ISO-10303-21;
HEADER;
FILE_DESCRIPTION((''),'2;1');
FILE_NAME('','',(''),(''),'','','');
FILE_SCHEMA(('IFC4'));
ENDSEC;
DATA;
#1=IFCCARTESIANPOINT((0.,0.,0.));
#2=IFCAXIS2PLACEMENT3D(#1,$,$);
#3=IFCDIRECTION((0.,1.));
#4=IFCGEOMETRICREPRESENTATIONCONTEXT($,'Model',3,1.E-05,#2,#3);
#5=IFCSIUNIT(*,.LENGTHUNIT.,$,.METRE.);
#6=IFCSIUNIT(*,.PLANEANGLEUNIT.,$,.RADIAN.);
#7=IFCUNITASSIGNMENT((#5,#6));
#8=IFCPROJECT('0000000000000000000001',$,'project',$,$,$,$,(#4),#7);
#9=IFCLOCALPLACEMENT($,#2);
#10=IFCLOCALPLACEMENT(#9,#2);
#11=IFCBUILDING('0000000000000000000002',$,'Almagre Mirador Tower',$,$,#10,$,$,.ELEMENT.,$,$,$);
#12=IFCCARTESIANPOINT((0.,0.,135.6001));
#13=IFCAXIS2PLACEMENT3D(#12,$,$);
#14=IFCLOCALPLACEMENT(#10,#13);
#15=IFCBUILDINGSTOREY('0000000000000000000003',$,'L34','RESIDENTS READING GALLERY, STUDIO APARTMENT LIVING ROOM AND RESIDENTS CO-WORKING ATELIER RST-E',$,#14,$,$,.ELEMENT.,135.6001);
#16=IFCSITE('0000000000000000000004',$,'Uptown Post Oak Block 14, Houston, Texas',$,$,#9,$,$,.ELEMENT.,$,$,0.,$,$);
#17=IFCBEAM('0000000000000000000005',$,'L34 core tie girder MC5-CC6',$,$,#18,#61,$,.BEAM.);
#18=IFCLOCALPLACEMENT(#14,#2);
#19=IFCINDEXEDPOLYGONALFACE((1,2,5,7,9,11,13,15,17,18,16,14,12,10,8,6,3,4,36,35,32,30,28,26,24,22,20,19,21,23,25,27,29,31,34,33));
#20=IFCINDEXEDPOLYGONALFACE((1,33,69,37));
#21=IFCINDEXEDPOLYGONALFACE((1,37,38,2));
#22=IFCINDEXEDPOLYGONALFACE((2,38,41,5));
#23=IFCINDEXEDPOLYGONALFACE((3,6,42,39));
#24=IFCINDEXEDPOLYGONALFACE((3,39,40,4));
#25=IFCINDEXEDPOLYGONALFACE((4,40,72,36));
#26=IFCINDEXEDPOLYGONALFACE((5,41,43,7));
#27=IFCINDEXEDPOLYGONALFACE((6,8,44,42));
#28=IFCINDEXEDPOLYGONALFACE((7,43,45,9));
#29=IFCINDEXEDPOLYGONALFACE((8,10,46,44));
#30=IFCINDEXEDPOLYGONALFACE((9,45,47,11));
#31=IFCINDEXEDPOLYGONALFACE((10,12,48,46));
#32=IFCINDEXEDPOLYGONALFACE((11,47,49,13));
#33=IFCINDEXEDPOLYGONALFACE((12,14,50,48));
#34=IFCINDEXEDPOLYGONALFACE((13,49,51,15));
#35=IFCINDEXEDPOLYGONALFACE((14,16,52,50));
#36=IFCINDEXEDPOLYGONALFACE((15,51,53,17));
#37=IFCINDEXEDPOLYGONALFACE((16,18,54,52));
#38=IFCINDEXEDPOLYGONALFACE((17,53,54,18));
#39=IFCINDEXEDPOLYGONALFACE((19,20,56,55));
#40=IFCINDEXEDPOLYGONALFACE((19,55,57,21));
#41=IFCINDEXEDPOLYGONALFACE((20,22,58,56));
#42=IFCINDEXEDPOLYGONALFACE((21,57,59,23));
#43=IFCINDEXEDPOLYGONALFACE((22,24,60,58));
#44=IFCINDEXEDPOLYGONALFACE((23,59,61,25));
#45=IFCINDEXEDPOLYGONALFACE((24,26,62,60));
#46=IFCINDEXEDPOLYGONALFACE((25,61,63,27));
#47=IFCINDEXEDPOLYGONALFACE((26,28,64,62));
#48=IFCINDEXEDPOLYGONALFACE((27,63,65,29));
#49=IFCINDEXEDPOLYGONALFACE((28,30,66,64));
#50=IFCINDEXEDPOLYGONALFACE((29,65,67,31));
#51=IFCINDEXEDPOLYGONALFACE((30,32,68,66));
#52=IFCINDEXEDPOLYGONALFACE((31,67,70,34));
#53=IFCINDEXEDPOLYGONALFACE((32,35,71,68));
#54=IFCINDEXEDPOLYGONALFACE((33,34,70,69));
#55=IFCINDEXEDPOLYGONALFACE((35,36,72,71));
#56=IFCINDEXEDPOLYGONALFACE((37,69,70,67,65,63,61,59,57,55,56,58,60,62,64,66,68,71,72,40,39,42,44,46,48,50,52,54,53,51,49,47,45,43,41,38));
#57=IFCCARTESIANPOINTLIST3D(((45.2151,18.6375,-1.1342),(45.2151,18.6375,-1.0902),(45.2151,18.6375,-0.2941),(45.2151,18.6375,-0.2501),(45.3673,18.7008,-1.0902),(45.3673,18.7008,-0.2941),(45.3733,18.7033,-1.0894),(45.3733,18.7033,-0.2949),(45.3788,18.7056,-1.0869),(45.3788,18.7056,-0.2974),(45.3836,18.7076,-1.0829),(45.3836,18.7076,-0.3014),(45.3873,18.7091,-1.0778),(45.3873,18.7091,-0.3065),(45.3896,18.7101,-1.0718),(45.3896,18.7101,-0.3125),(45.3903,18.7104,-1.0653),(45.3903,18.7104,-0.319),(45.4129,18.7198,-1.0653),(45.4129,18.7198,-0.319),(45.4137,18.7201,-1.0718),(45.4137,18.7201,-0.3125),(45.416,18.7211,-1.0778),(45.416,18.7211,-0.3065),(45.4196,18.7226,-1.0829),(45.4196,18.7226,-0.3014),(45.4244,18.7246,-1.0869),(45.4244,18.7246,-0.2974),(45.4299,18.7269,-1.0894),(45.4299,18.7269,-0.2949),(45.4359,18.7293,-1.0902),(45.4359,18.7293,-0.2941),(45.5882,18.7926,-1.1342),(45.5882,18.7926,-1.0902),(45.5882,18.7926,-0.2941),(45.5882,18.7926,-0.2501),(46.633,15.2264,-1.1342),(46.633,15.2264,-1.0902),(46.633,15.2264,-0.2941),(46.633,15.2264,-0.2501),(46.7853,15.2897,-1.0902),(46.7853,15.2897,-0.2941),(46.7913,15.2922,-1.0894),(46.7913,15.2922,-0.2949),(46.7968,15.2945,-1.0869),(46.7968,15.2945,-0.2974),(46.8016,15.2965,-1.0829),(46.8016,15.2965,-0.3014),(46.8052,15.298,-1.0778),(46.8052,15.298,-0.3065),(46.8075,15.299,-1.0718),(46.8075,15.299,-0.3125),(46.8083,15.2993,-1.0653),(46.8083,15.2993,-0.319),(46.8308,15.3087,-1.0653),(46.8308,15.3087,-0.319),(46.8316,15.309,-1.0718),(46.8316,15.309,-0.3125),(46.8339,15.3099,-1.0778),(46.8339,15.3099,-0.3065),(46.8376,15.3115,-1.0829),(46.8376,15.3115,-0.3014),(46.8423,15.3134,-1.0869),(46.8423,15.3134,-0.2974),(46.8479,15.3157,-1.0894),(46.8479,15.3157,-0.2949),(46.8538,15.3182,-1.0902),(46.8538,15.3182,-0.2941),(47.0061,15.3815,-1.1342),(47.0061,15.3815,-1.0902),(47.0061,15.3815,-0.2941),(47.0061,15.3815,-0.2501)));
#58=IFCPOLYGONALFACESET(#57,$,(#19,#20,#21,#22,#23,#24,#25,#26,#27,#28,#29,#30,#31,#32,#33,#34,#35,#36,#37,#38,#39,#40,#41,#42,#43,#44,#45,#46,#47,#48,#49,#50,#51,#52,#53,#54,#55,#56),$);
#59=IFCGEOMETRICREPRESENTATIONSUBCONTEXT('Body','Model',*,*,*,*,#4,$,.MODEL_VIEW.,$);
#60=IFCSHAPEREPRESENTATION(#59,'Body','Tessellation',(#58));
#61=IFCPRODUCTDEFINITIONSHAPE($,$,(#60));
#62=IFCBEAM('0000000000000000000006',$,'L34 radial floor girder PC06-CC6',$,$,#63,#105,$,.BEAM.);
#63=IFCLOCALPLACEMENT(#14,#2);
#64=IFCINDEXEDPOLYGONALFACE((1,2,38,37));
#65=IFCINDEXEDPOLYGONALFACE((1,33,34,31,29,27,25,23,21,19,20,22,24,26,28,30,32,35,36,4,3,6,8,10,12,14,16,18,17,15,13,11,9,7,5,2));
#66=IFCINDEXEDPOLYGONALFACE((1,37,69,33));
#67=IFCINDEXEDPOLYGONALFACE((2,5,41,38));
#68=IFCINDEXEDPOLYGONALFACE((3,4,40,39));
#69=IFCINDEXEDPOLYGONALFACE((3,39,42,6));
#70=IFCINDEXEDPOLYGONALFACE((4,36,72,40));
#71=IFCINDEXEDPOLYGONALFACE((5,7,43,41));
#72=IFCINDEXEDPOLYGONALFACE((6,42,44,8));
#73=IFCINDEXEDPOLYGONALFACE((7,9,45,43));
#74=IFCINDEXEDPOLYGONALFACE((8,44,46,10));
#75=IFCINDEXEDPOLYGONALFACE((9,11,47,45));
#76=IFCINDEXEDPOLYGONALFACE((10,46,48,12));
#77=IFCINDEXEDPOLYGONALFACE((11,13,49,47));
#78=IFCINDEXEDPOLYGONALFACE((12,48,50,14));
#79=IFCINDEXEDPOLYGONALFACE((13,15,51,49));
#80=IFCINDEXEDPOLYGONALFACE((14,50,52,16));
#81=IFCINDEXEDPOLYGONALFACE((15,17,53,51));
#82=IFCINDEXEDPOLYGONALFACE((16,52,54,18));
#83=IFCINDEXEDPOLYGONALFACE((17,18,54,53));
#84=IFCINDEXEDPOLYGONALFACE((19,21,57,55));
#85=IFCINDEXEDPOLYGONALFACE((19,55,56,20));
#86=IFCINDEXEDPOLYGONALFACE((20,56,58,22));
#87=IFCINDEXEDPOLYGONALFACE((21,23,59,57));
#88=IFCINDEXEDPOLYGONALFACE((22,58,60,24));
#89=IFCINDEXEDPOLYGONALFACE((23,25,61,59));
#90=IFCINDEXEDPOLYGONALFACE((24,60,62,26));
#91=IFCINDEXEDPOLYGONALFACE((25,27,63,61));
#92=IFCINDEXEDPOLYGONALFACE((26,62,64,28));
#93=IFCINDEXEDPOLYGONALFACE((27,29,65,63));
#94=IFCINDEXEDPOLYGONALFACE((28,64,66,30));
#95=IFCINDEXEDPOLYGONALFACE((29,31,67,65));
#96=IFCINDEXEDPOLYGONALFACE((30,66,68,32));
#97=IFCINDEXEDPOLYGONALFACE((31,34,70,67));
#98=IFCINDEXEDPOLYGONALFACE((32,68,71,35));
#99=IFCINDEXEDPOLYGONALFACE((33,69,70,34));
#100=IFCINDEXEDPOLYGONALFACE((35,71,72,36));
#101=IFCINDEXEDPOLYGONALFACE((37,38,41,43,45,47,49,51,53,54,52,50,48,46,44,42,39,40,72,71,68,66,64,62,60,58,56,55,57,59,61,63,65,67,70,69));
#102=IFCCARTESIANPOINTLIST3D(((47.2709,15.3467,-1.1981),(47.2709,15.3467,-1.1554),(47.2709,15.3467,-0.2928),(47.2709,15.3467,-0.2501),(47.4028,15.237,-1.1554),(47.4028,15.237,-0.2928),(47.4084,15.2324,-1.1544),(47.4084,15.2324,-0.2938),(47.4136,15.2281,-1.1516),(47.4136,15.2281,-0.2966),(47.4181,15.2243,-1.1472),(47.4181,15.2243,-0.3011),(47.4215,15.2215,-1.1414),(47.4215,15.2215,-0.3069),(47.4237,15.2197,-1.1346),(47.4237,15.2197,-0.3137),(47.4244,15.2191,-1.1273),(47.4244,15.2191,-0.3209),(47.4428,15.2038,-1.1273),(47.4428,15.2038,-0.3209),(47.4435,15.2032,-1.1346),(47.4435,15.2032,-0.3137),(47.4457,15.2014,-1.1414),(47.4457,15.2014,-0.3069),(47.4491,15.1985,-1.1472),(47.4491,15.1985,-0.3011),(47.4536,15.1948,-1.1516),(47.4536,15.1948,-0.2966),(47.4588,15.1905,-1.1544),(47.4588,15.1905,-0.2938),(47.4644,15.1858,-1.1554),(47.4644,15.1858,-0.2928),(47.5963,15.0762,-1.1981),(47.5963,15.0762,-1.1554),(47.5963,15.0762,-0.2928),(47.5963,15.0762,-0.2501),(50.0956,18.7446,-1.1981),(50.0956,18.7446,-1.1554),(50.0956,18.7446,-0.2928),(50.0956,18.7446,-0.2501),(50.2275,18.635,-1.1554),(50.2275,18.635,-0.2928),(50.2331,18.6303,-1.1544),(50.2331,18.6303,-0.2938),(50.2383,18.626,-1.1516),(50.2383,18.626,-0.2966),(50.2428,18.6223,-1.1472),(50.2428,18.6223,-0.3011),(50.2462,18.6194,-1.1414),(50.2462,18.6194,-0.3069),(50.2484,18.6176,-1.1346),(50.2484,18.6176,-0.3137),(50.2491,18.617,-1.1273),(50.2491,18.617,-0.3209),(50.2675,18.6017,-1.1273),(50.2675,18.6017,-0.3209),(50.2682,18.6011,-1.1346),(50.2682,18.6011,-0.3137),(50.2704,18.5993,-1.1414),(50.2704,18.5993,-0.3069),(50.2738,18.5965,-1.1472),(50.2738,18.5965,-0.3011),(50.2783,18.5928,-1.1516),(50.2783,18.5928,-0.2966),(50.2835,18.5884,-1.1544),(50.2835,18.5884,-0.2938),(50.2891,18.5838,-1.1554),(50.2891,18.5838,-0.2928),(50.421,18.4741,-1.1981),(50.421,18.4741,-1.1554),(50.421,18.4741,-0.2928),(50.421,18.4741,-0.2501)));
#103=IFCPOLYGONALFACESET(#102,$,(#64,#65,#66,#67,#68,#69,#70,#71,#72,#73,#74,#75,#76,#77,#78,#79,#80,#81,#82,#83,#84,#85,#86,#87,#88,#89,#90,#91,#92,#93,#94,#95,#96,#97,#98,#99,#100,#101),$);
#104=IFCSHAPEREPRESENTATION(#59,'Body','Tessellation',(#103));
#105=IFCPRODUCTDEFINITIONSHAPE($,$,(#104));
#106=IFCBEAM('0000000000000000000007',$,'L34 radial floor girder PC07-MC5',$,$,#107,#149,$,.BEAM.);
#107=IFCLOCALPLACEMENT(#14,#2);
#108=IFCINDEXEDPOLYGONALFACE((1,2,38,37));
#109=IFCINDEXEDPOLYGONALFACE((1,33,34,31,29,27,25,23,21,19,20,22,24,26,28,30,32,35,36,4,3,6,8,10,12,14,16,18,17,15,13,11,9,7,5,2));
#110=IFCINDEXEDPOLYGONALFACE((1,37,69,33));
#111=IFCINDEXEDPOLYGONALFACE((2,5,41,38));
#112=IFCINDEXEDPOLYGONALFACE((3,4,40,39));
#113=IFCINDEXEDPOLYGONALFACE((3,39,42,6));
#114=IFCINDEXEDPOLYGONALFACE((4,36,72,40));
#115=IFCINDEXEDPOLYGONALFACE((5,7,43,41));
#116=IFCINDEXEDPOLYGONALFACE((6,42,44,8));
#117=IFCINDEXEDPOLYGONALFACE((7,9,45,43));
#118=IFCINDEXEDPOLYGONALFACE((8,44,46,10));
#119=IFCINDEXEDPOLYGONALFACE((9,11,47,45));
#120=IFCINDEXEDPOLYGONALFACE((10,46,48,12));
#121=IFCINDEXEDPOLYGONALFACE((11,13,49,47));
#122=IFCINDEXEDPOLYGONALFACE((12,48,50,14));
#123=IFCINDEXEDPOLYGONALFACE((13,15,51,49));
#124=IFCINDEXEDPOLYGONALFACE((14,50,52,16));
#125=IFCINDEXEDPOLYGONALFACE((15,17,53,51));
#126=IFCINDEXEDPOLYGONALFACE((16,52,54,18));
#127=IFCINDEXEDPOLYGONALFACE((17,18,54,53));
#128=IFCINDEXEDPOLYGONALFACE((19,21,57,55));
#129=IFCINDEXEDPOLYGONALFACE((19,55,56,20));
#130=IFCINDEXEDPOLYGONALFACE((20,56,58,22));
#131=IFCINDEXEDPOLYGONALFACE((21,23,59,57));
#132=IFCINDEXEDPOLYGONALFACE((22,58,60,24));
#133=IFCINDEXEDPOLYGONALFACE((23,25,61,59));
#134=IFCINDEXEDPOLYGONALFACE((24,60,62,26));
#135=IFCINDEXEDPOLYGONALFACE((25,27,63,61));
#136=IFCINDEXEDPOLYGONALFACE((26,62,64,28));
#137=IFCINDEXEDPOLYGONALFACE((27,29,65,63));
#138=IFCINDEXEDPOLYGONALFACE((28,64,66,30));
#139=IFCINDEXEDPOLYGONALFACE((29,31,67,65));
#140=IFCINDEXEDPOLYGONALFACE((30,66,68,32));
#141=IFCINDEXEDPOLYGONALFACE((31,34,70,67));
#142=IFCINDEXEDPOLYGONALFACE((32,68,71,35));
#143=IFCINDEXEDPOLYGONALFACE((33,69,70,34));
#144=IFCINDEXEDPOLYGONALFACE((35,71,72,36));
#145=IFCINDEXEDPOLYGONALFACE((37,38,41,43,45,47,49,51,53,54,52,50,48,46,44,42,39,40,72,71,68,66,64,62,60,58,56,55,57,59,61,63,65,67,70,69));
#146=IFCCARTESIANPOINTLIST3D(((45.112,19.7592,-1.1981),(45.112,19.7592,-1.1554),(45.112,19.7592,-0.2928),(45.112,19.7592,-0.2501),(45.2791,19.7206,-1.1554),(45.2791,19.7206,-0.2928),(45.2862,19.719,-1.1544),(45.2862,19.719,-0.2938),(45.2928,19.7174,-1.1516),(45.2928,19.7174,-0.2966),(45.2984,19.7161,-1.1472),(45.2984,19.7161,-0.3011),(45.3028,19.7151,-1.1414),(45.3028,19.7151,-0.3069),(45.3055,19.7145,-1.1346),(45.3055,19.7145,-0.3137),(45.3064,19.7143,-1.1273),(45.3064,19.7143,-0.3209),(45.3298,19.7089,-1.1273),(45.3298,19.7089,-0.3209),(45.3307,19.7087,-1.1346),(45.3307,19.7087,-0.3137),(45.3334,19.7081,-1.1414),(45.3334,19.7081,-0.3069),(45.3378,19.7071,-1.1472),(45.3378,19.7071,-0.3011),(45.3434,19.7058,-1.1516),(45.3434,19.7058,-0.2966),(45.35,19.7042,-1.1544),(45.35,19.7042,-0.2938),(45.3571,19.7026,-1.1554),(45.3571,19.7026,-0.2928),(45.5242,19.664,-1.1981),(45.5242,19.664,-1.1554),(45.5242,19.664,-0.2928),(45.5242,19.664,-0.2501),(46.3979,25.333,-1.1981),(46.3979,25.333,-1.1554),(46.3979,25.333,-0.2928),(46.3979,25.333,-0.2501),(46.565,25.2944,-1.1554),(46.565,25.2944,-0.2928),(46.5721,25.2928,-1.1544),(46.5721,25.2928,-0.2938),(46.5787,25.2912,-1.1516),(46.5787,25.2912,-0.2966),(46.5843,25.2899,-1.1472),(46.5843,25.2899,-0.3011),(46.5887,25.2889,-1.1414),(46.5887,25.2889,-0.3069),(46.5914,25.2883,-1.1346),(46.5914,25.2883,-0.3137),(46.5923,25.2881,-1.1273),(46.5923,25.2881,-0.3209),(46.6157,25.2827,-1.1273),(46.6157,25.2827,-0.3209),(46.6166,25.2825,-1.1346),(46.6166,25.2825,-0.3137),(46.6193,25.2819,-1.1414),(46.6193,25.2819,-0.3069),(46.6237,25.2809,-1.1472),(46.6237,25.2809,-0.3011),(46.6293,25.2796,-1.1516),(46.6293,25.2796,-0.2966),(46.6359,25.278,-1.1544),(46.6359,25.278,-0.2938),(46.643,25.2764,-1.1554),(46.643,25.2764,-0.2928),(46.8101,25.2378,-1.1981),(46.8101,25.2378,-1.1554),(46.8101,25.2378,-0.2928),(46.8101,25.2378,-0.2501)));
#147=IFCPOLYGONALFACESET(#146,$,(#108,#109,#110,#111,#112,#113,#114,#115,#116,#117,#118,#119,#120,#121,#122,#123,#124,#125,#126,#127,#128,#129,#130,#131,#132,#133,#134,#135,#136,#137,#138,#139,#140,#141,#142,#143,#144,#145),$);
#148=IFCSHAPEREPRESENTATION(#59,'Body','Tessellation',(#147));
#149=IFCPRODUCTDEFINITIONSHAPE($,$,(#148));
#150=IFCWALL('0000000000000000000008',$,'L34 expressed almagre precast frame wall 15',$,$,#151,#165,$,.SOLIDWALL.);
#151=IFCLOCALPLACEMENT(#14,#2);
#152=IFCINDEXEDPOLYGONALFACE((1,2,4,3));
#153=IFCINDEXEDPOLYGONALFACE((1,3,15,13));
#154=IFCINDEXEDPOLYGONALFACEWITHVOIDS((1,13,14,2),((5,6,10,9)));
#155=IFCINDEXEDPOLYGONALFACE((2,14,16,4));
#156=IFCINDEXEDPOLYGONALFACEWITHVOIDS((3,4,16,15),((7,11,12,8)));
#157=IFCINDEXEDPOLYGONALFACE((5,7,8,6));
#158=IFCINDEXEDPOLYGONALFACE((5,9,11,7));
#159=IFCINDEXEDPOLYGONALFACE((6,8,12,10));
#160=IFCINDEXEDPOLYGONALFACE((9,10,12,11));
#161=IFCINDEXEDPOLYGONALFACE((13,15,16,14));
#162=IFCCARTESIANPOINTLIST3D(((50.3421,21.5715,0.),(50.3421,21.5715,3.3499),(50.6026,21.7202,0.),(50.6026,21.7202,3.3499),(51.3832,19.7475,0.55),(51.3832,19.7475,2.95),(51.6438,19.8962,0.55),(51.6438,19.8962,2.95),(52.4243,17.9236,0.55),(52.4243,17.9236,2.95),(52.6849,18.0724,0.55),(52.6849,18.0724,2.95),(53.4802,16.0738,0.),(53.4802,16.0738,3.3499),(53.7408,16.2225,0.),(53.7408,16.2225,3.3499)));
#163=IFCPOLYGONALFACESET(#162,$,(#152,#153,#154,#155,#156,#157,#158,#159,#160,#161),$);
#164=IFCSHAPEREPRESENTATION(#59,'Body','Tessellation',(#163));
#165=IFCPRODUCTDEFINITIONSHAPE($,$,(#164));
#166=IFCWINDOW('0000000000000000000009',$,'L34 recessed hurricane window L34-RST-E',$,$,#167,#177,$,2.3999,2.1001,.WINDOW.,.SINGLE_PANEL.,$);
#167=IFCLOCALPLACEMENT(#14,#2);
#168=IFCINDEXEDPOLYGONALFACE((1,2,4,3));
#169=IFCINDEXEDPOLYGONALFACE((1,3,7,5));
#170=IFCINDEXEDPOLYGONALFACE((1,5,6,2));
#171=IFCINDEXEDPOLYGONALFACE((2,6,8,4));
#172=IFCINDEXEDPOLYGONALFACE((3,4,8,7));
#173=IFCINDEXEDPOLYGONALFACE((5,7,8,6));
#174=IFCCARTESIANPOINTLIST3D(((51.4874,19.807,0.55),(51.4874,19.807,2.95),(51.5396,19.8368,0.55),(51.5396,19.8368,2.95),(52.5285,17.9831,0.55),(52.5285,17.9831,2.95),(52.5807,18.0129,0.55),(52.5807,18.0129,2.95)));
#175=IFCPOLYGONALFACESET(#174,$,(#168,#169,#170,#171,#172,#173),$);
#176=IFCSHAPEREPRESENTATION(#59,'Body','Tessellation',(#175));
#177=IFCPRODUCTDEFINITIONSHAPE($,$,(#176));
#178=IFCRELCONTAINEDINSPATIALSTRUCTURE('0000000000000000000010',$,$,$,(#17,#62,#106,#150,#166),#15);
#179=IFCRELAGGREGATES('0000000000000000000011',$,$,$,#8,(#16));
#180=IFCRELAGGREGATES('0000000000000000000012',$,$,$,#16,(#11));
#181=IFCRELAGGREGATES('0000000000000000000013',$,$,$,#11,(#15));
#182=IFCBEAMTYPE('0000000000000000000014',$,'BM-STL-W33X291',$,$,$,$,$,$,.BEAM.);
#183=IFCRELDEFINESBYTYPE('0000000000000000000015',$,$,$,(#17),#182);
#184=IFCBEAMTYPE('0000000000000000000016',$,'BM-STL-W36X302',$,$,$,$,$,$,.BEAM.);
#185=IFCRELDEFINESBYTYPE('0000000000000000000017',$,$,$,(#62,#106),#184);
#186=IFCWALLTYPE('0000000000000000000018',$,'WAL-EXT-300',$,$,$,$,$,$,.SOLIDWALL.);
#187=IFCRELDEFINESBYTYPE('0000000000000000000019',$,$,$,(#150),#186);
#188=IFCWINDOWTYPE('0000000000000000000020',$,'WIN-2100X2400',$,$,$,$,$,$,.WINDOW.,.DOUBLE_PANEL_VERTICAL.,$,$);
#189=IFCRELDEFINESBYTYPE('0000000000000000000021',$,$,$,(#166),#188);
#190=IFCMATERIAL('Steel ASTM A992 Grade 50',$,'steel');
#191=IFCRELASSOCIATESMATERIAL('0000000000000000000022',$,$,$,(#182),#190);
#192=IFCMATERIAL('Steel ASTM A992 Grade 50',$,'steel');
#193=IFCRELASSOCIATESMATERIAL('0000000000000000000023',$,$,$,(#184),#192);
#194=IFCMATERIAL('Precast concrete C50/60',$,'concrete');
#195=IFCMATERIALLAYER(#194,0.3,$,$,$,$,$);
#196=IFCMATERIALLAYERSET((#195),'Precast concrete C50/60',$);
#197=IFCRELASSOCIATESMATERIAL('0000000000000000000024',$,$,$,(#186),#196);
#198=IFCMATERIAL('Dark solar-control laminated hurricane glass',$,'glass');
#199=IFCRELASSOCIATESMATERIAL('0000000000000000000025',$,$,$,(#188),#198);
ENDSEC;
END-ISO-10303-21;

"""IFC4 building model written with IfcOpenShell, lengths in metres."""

from ifc_helpers import new_model, si_unit, direction, frame, frame_2d, origin, origin_2d, place, context, subcontext, project, spatial, rectangle, i_section, extrude, material, layer, layer_set, material_profile, profile_set, type_object, element, fill, save


model = new_model("IFC4")

# Units and contexts
model_context = context("Model", 3, precision=1e-05, world=origin(), true_north=direction((0.0, 1.0)))
body_context = subcontext(model_context, "Body", "Model", "MODEL_VIEW")
ifc_project = project(units=[si_unit("LENGTHUNIT", "METRE"), si_unit("PLANEANGLEUNIT", "RADIAN")], contexts=[model_context])

# Site, building, storey
site_placement = place(None, origin())
site = spatial("IfcSite", under=ifc_project, at=site_placement, Name="Uptown Post Oak Block 14, Houston, Texas", CompositionType="ELEMENT", RefElevation=0.0)
building_placement = place(site_placement, origin())
building = spatial("IfcBuilding", under=site, at=building_placement, Name="Almagre Mirador Tower", CompositionType="ELEMENT")
storey_placement = place(building_placement, frame((0.0, 0.0, 135.6001)))
storey = spatial("IfcBuildingStorey", under=building, at=storey_placement, Name="L34", Description="RESIDENTS READING GALLERY, STUDIO APARTMENT LIVING ROOM AND RESIDENTS CO-WORKING ATELIER RST-E", CompositionType="ELEMENT", Elevation=135.6001)

# Beams
ifc_material_1 = material(Name="Steel ASTM A992 Grade 50", Category="steel")
ifc_material_profile_1 = material_profile(ifc_material_1, i_section(OverallWidth=0.4041, OverallDepth=0.884, WebThickness=0.0244, FlangeThickness=0.0439, FilletRadius=0.0249, at=origin_2d()), Name="W33X291")
ifc_profile_set_1 = profile_set([ifc_material_profile_1], Name="Steel ASTM A992 Grade 50")
beam_type_1 = type_object("IfcBeamType", Name="BM-STL-W33X291", PredefinedType="BEAM", material=ifc_profile_set_1)
beam_1_placement = place(storey_placement, frame((45.4016, 18.7151, -0.6921), z_axis=(0.383846, -0.923397, 0.0), x_axis=(0.923397, 0.383846, 0.0)))
element("IfcBeam", 1, at=beam_1_placement, inside=storey, type_object=beam_type_1, Name="L34 core tie girder MC5-CC6", PredefinedType="BEAM", context=body_context, shape_type="SweptSolid", body=[
    extrude(i_section(OverallWidth=0.4041, OverallDepth=0.884, WebThickness=0.0244, FlangeThickness=0.0439, FilletRadius=0.0249, at=origin_2d()), origin(), (0.0, 0.0, 1.0), 3.6941),
])
ifc_material_2 = material(Name="Steel ASTM A992 Grade 50", Category="steel")
ifc_material_profile_2 = material_profile(ifc_material_2, i_section(OverallWidth=0.4231, OverallDepth=0.948, WebThickness=0.0239, FlangeThickness=0.0427, FilletRadius=0.0281, at=origin_2d()), Name="W36X302")
ifc_profile_set_2 = profile_set([ifc_material_profile_2], Name="Steel ASTM A992 Grade 50")
beam_type_2 = type_object("IfcBeamType", Name="BM-STL-W36X302", PredefinedType="BEAM", material=ifc_profile_set_2)
beam_2_placement = place(storey_placement, frame((50.2583, 18.6094, -0.7241), z_axis=(-0.63926, -0.768991, 0.0), x_axis=(0.768991, -0.63926, 0.0)))
element("IfcBeam", 2, at=beam_2_placement, inside=storey, type_object=beam_type_2, Name="L34 radial floor girder PC06-CC6", PredefinedType="BEAM", context=body_context, shape_type="SweptSolid", body=[
    extrude(i_section(OverallWidth=0.4231, OverallDepth=0.948, WebThickness=0.0239, FlangeThickness=0.0427, FilletRadius=0.0281, at=origin_2d()), origin(), (0.0, 0.0, 1.0), 4.4187),
])
beam_3_placement = place(storey_placement, frame((46.604, 25.2854, -0.7241), z_axis=(-0.2248, -0.974405, 0.0), x_axis=(0.974405, -0.2248, 0.0)))
element("IfcBeam", 3, at=beam_3_placement, inside=storey, type_object=beam_type_2, Name="L34 radial floor girder PC07-MC5", PredefinedType="BEAM", context=body_context, shape_type="SweptSolid", body=[
    extrude(i_section(OverallWidth=0.4231, OverallDepth=0.948, WebThickness=0.0239, FlangeThickness=0.0427, FilletRadius=0.0281, at=origin_2d()), origin(), (0.0, 0.0, 1.0), 5.7202),
])

# Wall, opening, window
ifc_material_3 = material(Name="Precast concrete C50/60", Category="concrete")
ifc_layer_1 = layer(ifc_material_3, 0.3)
ifc_layer_set_1 = layer_set([ifc_layer_1], Name="Precast concrete C50/60")
wall_type_1 = type_object("IfcWallType", Name="WAL-EXT-300", PredefinedType="SOLIDWALL", material=ifc_layer_set_1)
wall_1_placement = place(storey_placement, frame((50.4724, 21.6458, 0.0), z_axis=(0.0, 0.0, 1.0), x_axis=(0.495732, -0.868476, 0.0)))
wall_1 = element("IfcWall", 4, at=wall_1_placement, inside=storey, type_object=wall_type_1, Name="L34 expressed almagre precast frame wall 15", PredefinedType="SOLIDWALL", context=body_context, shape_type="SweptSolid", body=[
    extrude(rectangle(XDim=6.3303, YDim=0.3, at=frame_2d((3.165, 0.0))), origin(), (0.0, 0.0, 1.0), 3.3499),
])
opening_1_placement = place(wall_1_placement, frame((2.1001, 0.0, 0.55)))
opening_1 = element("IfcOpeningElement", 5, at=opening_1_placement, cuts=wall_1, PredefinedType="OPENING", context=body_context, shape_type="SweptSolid", body=[
    extrude(rectangle(XDim=2.1001, YDim=2.3999, at=frame_2d((1.05, 1.2))), frame((0.0, 0.1599, 0.0), z_axis=(0.0, -1.0, 0.0), x_axis=(1.0, 0.0, 0.0)), (0.0, 0.0, 1.0), 0.32),
])
ifc_material_4 = material(Name="Dark solar-control laminated hurricane glass", Category="glass")
window_type_1 = type_object("IfcWindowType", Name="WIN-2100X2400", PartitioningType="DOUBLE_PANEL_VERTICAL", PredefinedType="WINDOW", material=ifc_material_4)
window_1_placement = place(opening_1_placement, origin())
window_1 = element("IfcWindow", 6, at=window_1_placement, inside=storey, type_object=window_type_1, Name="L34 recessed hurricane window L34-RST-E", OverallHeight=2.3999, OverallWidth=2.1001, PartitioningType="SINGLE_PANEL", PredefinedType="WINDOW", context=body_context, shape_type="SweptSolid", body=[
    extrude(rectangle(XDim=2.1001, YDim=2.3999, at=frame_2d((1.05, 1.2))), frame((0.0, 0.03, 0.0), z_axis=(0.0, -1.0, 0.0), x_axis=(1.0, 0.0, 0.0)), (0.0, 0.0, 1.0), 0.0601),
])
fill(opening_1, window_1)

save(model, "model.ifc")
